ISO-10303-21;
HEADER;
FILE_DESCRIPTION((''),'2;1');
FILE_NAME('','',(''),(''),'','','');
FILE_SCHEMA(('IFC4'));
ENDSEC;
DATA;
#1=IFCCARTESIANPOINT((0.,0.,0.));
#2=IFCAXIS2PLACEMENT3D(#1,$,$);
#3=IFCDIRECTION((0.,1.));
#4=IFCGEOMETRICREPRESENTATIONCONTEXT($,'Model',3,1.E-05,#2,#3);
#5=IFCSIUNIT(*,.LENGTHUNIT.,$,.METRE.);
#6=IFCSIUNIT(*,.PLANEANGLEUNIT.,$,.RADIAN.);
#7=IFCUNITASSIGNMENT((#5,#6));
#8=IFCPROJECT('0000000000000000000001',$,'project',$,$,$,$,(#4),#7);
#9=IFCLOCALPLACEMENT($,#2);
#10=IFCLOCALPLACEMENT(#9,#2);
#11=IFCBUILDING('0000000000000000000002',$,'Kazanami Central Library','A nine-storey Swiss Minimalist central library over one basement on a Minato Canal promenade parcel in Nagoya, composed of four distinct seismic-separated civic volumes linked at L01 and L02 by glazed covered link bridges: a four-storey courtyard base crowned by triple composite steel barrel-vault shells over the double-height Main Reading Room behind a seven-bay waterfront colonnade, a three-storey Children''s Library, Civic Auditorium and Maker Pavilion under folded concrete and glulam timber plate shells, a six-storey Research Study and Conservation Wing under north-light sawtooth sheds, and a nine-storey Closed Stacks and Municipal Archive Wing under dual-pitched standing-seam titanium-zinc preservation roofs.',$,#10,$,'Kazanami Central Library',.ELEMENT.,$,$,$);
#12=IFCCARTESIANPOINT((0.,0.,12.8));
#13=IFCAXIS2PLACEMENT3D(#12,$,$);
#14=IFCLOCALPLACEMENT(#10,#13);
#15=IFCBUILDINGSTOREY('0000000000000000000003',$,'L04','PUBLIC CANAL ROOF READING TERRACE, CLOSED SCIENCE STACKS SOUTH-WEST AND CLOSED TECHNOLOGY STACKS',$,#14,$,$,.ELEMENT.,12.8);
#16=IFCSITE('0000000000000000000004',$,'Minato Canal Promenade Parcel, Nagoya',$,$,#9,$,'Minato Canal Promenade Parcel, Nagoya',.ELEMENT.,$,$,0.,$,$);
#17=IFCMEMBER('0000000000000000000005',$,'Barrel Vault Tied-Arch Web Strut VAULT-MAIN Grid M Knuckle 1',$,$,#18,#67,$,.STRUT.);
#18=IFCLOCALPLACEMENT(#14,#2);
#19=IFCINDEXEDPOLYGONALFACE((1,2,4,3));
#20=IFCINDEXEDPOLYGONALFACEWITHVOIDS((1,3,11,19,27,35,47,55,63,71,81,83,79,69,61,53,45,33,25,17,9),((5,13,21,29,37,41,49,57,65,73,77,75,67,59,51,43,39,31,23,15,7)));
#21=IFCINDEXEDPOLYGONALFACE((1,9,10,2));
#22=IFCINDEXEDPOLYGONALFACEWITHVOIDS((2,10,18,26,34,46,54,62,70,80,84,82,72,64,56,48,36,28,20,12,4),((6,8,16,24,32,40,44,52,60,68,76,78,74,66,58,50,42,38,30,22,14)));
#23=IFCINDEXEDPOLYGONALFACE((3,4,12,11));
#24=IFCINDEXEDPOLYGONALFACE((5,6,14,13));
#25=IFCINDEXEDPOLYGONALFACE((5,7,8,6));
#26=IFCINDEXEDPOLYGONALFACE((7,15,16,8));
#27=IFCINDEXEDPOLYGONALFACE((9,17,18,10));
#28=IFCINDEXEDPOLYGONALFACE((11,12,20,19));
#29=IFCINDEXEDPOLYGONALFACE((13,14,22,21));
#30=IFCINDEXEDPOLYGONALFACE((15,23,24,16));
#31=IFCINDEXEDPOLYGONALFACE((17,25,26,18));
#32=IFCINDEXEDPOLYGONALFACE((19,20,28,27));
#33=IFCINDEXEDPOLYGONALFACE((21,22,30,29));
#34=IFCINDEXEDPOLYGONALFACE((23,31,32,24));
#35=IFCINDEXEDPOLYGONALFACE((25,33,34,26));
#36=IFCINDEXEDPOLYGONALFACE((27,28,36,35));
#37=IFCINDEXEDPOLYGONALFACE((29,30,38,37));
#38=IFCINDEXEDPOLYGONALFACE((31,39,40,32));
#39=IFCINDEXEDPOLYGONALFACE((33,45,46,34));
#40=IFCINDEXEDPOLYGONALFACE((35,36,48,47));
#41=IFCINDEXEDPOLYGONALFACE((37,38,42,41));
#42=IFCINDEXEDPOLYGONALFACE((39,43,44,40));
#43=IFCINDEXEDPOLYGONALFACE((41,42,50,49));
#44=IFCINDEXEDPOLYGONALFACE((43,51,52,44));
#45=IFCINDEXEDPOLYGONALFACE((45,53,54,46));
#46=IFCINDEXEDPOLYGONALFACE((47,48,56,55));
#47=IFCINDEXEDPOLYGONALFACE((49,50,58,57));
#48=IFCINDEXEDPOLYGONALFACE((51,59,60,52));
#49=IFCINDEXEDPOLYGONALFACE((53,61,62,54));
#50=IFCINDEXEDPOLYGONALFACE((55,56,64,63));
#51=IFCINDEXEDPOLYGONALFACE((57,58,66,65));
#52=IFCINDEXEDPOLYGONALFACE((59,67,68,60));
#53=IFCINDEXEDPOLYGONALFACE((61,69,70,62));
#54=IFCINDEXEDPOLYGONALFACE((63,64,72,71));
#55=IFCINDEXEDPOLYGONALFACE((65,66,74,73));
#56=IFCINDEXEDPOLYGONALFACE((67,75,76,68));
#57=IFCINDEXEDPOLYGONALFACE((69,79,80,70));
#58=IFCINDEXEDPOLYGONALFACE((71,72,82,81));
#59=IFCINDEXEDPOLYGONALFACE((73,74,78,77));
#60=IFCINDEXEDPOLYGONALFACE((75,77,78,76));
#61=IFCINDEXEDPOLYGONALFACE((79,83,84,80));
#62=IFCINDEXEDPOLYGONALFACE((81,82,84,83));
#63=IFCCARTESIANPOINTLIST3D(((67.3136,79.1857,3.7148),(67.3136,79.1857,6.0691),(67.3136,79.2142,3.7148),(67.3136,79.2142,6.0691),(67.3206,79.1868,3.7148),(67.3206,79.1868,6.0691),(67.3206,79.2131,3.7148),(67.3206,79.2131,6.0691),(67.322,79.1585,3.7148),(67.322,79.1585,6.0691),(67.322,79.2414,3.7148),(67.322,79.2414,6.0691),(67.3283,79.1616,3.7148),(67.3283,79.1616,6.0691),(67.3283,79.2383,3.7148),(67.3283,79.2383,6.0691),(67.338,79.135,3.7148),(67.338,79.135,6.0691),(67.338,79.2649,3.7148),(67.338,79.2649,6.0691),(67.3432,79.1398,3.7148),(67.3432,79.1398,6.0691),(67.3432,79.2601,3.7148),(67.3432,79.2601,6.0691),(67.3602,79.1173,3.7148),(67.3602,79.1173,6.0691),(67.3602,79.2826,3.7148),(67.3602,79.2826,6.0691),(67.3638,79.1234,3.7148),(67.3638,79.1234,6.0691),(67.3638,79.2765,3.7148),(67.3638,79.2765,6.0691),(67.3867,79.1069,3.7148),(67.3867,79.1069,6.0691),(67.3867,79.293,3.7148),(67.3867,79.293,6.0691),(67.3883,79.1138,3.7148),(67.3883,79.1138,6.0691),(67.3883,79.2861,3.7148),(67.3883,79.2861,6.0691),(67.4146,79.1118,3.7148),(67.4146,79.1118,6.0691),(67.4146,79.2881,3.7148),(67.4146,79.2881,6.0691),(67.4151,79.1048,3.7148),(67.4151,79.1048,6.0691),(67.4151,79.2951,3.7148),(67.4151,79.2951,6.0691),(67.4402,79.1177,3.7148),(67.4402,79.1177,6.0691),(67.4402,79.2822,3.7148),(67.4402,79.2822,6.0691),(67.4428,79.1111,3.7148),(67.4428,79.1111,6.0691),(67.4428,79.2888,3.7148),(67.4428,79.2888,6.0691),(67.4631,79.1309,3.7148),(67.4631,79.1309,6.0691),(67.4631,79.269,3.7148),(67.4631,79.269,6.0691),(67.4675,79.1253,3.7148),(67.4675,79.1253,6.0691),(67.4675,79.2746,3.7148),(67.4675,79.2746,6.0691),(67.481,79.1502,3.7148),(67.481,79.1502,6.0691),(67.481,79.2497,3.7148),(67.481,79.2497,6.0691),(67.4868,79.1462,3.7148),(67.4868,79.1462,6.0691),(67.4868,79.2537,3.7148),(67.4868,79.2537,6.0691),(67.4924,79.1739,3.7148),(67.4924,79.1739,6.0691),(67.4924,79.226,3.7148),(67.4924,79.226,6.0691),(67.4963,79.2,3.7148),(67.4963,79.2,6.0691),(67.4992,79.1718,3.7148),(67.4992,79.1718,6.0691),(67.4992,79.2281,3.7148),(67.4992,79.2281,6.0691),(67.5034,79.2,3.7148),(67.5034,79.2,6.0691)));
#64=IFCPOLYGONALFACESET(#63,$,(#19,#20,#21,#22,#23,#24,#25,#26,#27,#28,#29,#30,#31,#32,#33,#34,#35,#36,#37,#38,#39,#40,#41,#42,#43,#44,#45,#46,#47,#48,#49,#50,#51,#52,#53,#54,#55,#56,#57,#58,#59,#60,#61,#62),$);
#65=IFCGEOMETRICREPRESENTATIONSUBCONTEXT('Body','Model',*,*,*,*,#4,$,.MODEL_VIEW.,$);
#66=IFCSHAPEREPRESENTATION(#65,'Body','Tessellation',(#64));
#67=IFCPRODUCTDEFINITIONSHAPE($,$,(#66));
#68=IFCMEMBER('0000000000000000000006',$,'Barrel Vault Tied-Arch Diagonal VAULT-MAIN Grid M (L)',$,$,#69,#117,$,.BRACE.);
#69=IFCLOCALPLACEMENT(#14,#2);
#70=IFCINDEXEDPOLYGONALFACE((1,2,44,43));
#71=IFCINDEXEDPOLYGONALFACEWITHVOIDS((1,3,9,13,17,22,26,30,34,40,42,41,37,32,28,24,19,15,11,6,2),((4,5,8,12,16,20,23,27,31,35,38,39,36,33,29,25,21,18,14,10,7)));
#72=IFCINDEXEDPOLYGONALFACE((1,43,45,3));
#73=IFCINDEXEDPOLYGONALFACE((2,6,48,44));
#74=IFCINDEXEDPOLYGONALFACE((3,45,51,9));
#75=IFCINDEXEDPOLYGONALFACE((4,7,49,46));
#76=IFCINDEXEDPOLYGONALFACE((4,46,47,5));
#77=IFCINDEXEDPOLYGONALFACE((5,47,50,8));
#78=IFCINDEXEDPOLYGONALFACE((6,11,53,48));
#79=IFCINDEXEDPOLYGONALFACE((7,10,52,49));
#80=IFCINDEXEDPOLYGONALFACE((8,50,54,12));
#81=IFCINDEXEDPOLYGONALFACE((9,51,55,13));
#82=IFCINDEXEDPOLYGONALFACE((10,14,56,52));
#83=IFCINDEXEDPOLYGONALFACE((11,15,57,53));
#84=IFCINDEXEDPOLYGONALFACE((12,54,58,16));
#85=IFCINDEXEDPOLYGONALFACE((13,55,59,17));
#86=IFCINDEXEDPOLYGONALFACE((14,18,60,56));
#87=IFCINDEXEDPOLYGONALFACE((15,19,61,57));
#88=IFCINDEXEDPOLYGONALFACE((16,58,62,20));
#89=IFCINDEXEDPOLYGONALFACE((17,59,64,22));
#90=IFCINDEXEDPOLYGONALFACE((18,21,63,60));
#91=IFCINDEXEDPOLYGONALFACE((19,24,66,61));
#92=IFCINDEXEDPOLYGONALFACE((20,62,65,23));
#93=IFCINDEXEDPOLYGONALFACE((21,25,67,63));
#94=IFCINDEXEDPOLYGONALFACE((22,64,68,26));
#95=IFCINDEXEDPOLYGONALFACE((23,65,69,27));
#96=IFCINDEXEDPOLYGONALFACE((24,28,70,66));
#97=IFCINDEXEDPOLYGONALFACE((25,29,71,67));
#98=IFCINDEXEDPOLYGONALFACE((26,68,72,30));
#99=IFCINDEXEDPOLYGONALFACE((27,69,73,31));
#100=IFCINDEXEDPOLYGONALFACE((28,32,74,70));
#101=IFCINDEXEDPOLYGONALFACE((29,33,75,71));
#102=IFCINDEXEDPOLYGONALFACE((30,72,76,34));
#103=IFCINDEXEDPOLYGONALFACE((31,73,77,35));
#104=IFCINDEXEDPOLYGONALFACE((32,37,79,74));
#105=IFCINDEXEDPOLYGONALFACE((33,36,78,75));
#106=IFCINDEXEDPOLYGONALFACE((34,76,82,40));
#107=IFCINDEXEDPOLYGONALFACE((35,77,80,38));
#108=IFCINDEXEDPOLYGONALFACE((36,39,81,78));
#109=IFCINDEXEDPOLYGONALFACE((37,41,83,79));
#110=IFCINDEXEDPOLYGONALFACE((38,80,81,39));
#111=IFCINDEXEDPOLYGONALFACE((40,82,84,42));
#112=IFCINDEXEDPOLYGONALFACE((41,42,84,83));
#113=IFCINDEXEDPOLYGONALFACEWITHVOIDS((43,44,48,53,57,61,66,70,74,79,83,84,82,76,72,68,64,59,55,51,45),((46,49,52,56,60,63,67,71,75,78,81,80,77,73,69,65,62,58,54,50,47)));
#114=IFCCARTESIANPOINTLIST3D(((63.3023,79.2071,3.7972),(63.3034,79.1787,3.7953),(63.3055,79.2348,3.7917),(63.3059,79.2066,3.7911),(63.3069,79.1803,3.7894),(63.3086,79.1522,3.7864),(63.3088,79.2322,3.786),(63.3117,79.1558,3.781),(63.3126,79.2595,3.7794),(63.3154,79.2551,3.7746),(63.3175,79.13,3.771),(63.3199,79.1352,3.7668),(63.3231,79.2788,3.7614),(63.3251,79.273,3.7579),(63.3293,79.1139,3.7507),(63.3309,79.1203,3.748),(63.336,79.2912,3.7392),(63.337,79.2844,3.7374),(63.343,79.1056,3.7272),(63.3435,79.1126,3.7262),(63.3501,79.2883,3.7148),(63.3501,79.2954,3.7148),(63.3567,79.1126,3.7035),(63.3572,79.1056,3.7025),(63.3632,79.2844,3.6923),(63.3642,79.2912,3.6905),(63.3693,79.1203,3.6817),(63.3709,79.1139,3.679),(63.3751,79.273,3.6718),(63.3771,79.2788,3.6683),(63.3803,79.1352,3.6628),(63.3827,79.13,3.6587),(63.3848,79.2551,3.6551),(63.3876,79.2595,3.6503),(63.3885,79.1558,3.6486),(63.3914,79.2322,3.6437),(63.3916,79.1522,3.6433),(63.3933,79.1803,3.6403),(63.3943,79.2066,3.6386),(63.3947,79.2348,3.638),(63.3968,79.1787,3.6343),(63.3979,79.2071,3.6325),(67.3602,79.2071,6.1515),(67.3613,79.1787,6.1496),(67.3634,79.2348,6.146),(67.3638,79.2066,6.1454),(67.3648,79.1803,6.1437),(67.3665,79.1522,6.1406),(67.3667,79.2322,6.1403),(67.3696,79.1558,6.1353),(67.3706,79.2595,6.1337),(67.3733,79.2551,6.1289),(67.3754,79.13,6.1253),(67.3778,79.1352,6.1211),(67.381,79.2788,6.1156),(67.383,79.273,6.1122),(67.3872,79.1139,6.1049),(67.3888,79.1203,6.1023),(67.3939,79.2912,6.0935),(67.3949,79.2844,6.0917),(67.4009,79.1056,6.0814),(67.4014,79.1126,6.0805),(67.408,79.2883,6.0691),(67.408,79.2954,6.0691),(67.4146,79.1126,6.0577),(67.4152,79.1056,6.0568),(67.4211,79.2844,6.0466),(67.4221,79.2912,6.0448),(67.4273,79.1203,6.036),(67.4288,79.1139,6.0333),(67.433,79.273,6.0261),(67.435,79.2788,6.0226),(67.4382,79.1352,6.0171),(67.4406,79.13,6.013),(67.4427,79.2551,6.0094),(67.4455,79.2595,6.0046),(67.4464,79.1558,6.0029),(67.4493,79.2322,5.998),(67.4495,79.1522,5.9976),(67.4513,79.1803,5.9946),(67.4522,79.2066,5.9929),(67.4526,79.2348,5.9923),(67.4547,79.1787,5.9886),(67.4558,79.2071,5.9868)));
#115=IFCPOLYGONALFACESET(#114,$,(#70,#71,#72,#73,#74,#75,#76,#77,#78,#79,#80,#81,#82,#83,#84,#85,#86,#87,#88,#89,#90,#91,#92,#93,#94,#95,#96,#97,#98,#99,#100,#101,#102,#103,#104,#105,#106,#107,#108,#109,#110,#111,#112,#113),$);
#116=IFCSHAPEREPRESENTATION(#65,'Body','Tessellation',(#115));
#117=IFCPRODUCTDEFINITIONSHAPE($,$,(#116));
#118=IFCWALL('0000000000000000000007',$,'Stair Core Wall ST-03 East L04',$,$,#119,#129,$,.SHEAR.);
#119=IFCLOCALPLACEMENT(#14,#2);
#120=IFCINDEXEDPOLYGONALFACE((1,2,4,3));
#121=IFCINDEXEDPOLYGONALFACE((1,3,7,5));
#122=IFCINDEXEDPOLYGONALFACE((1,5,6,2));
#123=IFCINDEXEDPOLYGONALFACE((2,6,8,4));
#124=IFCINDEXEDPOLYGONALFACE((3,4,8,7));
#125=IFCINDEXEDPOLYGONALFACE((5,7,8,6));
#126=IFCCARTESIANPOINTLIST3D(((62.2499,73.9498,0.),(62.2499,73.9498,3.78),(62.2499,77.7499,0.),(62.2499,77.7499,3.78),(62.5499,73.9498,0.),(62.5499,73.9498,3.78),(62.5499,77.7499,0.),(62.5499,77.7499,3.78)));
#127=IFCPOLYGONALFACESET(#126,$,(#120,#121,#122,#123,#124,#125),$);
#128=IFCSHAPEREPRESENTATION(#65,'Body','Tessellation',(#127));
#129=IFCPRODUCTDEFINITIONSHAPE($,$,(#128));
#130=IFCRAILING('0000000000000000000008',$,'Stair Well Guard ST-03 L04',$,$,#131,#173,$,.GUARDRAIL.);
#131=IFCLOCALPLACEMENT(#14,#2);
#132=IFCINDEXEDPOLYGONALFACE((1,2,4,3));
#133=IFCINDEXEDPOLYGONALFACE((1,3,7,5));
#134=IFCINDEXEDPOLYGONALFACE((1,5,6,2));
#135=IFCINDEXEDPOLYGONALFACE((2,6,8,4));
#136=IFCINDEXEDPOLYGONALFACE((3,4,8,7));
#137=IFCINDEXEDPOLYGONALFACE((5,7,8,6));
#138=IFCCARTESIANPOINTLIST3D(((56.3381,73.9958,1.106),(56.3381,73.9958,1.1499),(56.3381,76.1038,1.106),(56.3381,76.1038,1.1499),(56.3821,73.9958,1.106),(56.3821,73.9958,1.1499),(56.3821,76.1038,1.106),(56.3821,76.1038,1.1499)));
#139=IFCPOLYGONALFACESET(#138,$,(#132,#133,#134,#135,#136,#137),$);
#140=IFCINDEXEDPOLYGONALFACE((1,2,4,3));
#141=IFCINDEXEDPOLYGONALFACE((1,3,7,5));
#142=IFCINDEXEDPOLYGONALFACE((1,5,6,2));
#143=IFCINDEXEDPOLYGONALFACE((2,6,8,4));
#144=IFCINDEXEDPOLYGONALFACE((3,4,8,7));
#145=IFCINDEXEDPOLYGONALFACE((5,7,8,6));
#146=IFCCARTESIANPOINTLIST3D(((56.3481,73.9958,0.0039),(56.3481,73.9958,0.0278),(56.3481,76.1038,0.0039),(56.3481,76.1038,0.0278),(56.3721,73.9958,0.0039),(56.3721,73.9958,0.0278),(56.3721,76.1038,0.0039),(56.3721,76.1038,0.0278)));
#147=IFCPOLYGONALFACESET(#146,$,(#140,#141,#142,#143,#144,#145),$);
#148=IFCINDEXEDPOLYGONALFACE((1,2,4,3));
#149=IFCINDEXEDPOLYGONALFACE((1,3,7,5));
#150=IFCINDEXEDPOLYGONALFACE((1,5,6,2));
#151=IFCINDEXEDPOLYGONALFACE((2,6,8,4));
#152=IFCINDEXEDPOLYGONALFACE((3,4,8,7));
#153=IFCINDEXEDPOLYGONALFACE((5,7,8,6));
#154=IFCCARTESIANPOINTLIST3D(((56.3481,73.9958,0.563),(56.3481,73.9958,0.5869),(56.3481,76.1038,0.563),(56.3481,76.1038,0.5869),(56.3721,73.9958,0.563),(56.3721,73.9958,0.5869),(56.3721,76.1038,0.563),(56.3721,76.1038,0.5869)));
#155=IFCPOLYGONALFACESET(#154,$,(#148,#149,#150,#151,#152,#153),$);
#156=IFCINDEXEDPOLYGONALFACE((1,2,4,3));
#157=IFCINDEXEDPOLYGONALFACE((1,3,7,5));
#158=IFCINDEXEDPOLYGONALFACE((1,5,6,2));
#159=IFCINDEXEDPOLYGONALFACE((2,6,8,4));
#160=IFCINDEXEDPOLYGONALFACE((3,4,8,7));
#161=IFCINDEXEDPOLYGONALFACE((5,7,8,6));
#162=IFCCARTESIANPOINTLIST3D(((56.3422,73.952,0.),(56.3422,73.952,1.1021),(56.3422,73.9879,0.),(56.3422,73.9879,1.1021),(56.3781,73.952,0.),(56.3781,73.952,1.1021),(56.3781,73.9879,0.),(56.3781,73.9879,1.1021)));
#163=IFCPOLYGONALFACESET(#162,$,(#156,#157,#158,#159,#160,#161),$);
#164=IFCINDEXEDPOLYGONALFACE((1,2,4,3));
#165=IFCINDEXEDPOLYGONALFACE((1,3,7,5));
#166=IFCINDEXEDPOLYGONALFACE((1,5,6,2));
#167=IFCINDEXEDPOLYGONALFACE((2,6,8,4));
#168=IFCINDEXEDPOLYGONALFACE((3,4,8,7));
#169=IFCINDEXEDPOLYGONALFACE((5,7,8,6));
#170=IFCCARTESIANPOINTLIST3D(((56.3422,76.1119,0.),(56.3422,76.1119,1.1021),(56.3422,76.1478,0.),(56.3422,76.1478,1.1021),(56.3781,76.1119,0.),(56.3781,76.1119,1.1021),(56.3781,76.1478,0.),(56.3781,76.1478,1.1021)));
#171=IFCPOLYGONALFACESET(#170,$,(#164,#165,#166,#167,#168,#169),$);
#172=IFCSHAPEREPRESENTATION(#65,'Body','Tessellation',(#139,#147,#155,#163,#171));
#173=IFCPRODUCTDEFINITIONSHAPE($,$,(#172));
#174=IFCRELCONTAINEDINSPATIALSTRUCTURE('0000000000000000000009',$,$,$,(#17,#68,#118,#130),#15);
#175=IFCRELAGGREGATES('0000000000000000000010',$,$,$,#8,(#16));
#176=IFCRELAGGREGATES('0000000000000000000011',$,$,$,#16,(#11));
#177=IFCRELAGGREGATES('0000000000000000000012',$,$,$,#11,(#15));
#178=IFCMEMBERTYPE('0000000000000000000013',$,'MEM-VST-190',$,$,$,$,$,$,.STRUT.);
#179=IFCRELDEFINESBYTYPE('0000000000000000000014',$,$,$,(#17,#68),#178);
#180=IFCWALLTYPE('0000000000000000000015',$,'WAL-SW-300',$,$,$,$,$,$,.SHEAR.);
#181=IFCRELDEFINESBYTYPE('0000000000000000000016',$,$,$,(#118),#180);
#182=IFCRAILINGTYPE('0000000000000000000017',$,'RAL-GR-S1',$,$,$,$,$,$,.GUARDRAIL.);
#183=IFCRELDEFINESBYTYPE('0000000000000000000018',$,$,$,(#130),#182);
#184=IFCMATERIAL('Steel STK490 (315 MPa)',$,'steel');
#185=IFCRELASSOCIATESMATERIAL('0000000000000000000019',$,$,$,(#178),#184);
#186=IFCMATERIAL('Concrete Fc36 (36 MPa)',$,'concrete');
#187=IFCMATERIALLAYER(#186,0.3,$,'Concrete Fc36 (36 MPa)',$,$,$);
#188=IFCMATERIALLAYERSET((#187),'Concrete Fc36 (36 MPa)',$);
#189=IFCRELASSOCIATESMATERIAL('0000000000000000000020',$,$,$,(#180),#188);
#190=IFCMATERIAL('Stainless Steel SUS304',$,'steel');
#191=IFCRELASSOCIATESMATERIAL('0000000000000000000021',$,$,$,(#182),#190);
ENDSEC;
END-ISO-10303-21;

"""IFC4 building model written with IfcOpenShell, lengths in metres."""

from ifc_helpers import new_model, si_unit, direction, frame, frame_2d, origin, origin_2d, place, context, subcontext, project, spatial, rectangle, hollow_circle, extrude, material, layer, layer_set, material_profile, profile_set, type_object, element, save


model = new_model("IFC4")

# Units and contexts
model_context = context("Model", 3, precision=1e-05, world=origin(), true_north=direction((0.0, 1.0)))
body_context = subcontext(model_context, "Body", "Model", "MODEL_VIEW")
ifc_project = project(units=[si_unit("LENGTHUNIT", "METRE"), si_unit("PLANEANGLEUNIT", "RADIAN")], contexts=[model_context])

# Site, building, storey
site_placement = place(None, origin())
site = spatial("IfcSite", under=ifc_project, at=site_placement, Name="Minato Canal Promenade Parcel, Nagoya", LongName="Minato Canal Promenade Parcel, Nagoya", CompositionType="ELEMENT", RefElevation=0.0)
building_placement = place(site_placement, origin())
building = spatial("IfcBuilding", under=site, at=building_placement, Name="Kazanami Central Library", Description="A nine-storey Swiss Minimalist central library over one basement on a Minato Canal promenade parcel in Nagoya, composed of four distinct seismic-separated civic volumes linked at L01 and L02 by glazed covered link bridges: a four-storey courtyard base crowned by triple composite steel barrel-vault shells over the double-height Main Reading Room behind a seven-bay waterfront colonnade, a three-storey Children's Library, Civic Auditorium and Maker Pavilion under folded concrete and glulam timber plate shells, a six-storey Research Study and Conservation Wing under north-light sawtooth sheds, and a nine-storey Closed Stacks and Municipal Archive Wing under dual-pitched standing-seam titanium-zinc preservation roofs.", LongName="Kazanami Central Library", CompositionType="ELEMENT")
storey_placement = place(building_placement, frame((0.0, 0.0, 12.8)))
storey = spatial("IfcBuildingStorey", under=building, at=storey_placement, Name="L04", Description="PUBLIC CANAL ROOF READING TERRACE, CLOSED SCIENCE STACKS SOUTH-WEST AND CLOSED TECHNOLOGY STACKS", CompositionType="ELEMENT", Elevation=12.8)

# Members
ifc_material_1 = material(Name="Steel STK490 (315 MPa)", Category="steel")
ifc_material_profile_1 = material_profile(ifc_material_1, hollow_circle(Radius=0.0955, WallThickness=0.0071, at=origin_2d()), Name="CHS-190.7x7.0")
ifc_profile_set_1 = profile_set([ifc_material_profile_1], Name="Steel STK490 (315 MPa)")
member_type_1 = type_object("IfcMemberType", Name="MEM-VST-190", PredefinedType="STRUT", material=ifc_profile_set_1)
member_1_placement = place(storey_placement, frame((67.408, 79.2, 3.7148), z_axis=(0.0, 0.0, 1.0), x_axis=(1.0, 0.0, 0.0)))
element("IfcMember", 1, at=member_1_placement, inside=storey, type_object=member_type_1, Name="Barrel Vault Tied-Arch Web Strut VAULT-MAIN Grid M Knuckle 1", PredefinedType="STRUT", context=body_context, shape_type="SweptSolid", body=[
    extrude(hollow_circle(Radius=0.0955, WallThickness=0.0071, at=origin_2d()), origin(), (0.0, 0.0, 1.0), 2.3542),
])
member_2_placement = place(storey_placement, frame((63.3501, 79.2, 3.7148), z_axis=(0.864967, 0.0, 0.501828), x_axis=(0.0, 1.0, 0.0)))
element("IfcMember", 2, at=member_2_placement, inside=storey, type_object=member_type_1, Name="Barrel Vault Tied-Arch Diagonal VAULT-MAIN Grid M (L)", PredefinedType="BRACE", context=body_context, shape_type="SweptSolid", body=[
    extrude(hollow_circle(Radius=0.0955, WallThickness=0.0071, at=origin_2d()), origin(), (0.0, 0.0, 1.0), 4.6914),
])

# Wall
ifc_material_2 = material(Name="Concrete Fc36 (36 MPa)", Category="concrete")
ifc_layer = layer(ifc_material_2, 0.3, Name="Concrete Fc36 (36 MPa)")
ifc_layer_set = layer_set([ifc_layer], Name="Concrete Fc36 (36 MPa)")
wall_type = type_object("IfcWallType", Name="WAL-SW-300", PredefinedType="SHEAR", material=ifc_layer_set)
wall_placement = place(storey_placement, frame((62.3999, 73.95, 0.0), z_axis=(0.0, 0.0, 1.0), x_axis=(0.0, 1.0, 0.0)))
element("IfcWall", 3, at=wall_placement, inside=storey, type_object=wall_type, Name="Stair Core Wall ST-03 East L04", PredefinedType="SHEAR", context=body_context, shape_type="SweptSolid", body=[
    extrude(rectangle(XDim=3.8, YDim=0.3, at=frame_2d((1.8999, 0.0))), origin(), (0.0, 0.0, 1.0), 3.78),
])

# Railing
ifc_material_3 = material(Name="Stainless Steel SUS304", Category="steel")
railing_type = type_object("IfcRailingType", Name="RAL-GR-S1", PredefinedType="GUARDRAIL", material=ifc_material_3)
railing_placement = place(storey_placement, frame((56.3601, 73.97, 0.0)))
element("IfcRailing", 4, at=railing_placement, inside=storey, type_object=railing_type, Name="Stair Well Guard ST-03 L04", PredefinedType="GUARDRAIL", context=body_context, shape_type="SweptSolid", body=[
    extrude(rectangle(XDim=0.0439, YDim=0.0439, at=origin_2d()), frame((0.0, 0.0259, 1.1279), z_axis=(0.0, 1.0, 0.0), x_axis=(-1.0, 0.0, 0.0)), (0.0, 0.0, 1.0), 2.1079),
    extrude(rectangle(XDim=0.0239, YDim=0.0239, at=origin_2d()), frame((0.0, 0.0259, 0.0159), z_axis=(0.0, 1.0, 0.0), x_axis=(-1.0, 0.0, 0.0)), (0.0, 0.0, 1.0), 2.1079),
    extrude(rectangle(XDim=0.0239, YDim=0.0239, at=origin_2d()), frame((0.0, 0.0259, 0.575), z_axis=(0.0, 1.0, 0.0), x_axis=(-1.0, 0.0, 0.0)), (0.0, 0.0, 1.0), 2.1079),
    extrude(rectangle(XDim=0.0359, YDim=0.0359, at=origin_2d()), origin(), (0.0, 0.0, 1.0), 1.1021),
    extrude(rectangle(XDim=0.0359, YDim=0.0359, at=origin_2d()), frame((0.0, 2.1599, 0.0)), (0.0, 0.0, 1.0), 1.1021),
])

save(model, "model.ifc")
